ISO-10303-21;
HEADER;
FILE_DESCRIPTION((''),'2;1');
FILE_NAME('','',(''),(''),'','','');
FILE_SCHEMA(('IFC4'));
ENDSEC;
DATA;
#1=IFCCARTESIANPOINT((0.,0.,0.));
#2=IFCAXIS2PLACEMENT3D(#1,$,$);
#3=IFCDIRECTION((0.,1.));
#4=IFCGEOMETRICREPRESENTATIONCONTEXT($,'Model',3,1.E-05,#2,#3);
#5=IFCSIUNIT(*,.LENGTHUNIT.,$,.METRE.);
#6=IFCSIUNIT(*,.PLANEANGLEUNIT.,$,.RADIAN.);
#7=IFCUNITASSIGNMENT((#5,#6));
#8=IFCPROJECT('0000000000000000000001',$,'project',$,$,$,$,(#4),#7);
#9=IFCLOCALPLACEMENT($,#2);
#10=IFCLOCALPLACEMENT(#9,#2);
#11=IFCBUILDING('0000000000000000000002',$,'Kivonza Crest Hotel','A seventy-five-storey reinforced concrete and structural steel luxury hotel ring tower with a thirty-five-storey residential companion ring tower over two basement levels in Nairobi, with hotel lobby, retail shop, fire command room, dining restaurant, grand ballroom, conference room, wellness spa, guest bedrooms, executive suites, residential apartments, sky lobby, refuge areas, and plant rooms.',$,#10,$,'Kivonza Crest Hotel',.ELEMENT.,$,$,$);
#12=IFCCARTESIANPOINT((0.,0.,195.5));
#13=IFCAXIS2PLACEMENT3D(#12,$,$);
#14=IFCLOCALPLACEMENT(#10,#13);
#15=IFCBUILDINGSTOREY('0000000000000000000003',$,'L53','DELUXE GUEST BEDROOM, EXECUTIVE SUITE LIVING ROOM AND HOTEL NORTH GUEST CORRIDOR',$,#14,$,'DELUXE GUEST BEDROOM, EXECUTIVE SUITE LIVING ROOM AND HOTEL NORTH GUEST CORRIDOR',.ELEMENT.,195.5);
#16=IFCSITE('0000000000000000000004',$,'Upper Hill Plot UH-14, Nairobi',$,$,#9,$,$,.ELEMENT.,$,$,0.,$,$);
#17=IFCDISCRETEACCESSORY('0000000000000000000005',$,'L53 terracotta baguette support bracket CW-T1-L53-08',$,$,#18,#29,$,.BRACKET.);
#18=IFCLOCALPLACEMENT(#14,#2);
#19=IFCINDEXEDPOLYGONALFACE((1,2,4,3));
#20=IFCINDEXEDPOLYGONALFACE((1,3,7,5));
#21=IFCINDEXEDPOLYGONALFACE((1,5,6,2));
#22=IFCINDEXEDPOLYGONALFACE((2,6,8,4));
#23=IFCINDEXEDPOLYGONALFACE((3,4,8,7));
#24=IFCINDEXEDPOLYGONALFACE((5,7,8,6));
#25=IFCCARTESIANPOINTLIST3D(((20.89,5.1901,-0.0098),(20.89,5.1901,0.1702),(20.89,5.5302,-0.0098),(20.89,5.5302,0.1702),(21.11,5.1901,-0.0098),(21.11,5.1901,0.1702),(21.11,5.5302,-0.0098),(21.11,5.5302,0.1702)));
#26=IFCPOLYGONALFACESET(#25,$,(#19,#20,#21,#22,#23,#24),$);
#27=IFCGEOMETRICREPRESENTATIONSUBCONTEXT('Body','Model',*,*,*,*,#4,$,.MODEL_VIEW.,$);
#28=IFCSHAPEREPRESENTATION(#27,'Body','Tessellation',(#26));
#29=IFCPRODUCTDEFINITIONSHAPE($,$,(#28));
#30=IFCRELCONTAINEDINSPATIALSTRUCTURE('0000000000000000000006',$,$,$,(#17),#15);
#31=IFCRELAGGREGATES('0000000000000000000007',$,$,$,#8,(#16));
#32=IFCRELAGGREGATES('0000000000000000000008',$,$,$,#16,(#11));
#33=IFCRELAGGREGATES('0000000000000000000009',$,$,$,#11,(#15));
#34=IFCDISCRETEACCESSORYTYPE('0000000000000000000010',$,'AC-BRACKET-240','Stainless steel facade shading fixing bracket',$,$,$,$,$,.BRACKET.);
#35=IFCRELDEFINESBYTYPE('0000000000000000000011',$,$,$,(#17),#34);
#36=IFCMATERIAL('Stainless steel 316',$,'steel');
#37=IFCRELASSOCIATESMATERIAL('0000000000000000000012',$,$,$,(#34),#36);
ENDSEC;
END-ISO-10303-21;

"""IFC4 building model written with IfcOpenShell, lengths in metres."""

from ifc_helpers import new_model, si_unit, direction, frame, origin, origin_2d, place, context, subcontext, project, spatial, rectangle, extrude, material, type_object, element, save


model = new_model("IFC4")

# Units and contexts
model_context = context("Model", 3, precision=1e-05, world=origin(), true_north=direction((0.0, 1.0)))
body_context = subcontext(model_context, "Body", "Model", "MODEL_VIEW")
ifc_project = project(units=[si_unit("LENGTHUNIT", "METRE"), si_unit("PLANEANGLEUNIT", "RADIAN")], contexts=[model_context])

# Site, building, storey
site_placement = place(None, origin())
site = spatial("IfcSite", under=ifc_project, at=site_placement, Name="Upper Hill Plot UH-14, Nairobi", CompositionType="ELEMENT", RefElevation=0.0)
building_placement = place(site_placement, origin())
building = spatial("IfcBuilding", under=site, at=building_placement, Name="Kivonza Crest Hotel", Description="A seventy-five-storey reinforced concrete and structural steel luxury hotel ring tower with a thirty-five-storey residential companion ring tower over two basement levels in Nairobi, with hotel lobby, retail shop, fire command room, dining restaurant, grand ballroom, conference room, wellness spa, guest bedrooms, executive suites, residential apartments, sky lobby, refuge areas, and plant rooms.", LongName="Kivonza Crest Hotel", CompositionType="ELEMENT")
storey_placement = place(building_placement, frame((0.0, 0.0, 195.5)))
storey = spatial("IfcBuildingStorey", under=building, at=storey_placement, Name="L53", Description="DELUXE GUEST BEDROOM, EXECUTIVE SUITE LIVING ROOM AND HOTEL NORTH GUEST CORRIDOR", LongName="DELUXE GUEST BEDROOM, EXECUTIVE SUITE LIVING ROOM AND HOTEL NORTH GUEST CORRIDOR", CompositionType="ELEMENT", Elevation=195.5)

# Discrete accessory
ifc_material_1 = material(Name="Stainless steel 316", Category="steel")
discrete_accessory_type = type_object("IfcDiscreteAccessoryType", Name="AC-BRACKET-240", Description="Stainless steel facade shading fixing bracket", PredefinedType="BRACKET", material=ifc_material_1)
discrete_accessory_placement = place(storey_placement, frame((21.0, 5.3601, -0.0098), z_axis=(0.0, 0.0, 1.0), x_axis=(1.0, 0.0, 0.0)))
element("IfcDiscreteAccessory", 1, at=discrete_accessory_placement, inside=storey, type_object=discrete_accessory_type, Name="L53 terracotta baguette support bracket CW-T1-L53-08", PredefinedType="BRACKET", context=body_context, shape_type="SweptSolid", body=[
    extrude(rectangle(XDim=0.22, YDim=0.3401, at=origin_2d()), origin(), (0.0, 0.0, 1.0), 0.1799),
])

save(model, "model.ifc")
